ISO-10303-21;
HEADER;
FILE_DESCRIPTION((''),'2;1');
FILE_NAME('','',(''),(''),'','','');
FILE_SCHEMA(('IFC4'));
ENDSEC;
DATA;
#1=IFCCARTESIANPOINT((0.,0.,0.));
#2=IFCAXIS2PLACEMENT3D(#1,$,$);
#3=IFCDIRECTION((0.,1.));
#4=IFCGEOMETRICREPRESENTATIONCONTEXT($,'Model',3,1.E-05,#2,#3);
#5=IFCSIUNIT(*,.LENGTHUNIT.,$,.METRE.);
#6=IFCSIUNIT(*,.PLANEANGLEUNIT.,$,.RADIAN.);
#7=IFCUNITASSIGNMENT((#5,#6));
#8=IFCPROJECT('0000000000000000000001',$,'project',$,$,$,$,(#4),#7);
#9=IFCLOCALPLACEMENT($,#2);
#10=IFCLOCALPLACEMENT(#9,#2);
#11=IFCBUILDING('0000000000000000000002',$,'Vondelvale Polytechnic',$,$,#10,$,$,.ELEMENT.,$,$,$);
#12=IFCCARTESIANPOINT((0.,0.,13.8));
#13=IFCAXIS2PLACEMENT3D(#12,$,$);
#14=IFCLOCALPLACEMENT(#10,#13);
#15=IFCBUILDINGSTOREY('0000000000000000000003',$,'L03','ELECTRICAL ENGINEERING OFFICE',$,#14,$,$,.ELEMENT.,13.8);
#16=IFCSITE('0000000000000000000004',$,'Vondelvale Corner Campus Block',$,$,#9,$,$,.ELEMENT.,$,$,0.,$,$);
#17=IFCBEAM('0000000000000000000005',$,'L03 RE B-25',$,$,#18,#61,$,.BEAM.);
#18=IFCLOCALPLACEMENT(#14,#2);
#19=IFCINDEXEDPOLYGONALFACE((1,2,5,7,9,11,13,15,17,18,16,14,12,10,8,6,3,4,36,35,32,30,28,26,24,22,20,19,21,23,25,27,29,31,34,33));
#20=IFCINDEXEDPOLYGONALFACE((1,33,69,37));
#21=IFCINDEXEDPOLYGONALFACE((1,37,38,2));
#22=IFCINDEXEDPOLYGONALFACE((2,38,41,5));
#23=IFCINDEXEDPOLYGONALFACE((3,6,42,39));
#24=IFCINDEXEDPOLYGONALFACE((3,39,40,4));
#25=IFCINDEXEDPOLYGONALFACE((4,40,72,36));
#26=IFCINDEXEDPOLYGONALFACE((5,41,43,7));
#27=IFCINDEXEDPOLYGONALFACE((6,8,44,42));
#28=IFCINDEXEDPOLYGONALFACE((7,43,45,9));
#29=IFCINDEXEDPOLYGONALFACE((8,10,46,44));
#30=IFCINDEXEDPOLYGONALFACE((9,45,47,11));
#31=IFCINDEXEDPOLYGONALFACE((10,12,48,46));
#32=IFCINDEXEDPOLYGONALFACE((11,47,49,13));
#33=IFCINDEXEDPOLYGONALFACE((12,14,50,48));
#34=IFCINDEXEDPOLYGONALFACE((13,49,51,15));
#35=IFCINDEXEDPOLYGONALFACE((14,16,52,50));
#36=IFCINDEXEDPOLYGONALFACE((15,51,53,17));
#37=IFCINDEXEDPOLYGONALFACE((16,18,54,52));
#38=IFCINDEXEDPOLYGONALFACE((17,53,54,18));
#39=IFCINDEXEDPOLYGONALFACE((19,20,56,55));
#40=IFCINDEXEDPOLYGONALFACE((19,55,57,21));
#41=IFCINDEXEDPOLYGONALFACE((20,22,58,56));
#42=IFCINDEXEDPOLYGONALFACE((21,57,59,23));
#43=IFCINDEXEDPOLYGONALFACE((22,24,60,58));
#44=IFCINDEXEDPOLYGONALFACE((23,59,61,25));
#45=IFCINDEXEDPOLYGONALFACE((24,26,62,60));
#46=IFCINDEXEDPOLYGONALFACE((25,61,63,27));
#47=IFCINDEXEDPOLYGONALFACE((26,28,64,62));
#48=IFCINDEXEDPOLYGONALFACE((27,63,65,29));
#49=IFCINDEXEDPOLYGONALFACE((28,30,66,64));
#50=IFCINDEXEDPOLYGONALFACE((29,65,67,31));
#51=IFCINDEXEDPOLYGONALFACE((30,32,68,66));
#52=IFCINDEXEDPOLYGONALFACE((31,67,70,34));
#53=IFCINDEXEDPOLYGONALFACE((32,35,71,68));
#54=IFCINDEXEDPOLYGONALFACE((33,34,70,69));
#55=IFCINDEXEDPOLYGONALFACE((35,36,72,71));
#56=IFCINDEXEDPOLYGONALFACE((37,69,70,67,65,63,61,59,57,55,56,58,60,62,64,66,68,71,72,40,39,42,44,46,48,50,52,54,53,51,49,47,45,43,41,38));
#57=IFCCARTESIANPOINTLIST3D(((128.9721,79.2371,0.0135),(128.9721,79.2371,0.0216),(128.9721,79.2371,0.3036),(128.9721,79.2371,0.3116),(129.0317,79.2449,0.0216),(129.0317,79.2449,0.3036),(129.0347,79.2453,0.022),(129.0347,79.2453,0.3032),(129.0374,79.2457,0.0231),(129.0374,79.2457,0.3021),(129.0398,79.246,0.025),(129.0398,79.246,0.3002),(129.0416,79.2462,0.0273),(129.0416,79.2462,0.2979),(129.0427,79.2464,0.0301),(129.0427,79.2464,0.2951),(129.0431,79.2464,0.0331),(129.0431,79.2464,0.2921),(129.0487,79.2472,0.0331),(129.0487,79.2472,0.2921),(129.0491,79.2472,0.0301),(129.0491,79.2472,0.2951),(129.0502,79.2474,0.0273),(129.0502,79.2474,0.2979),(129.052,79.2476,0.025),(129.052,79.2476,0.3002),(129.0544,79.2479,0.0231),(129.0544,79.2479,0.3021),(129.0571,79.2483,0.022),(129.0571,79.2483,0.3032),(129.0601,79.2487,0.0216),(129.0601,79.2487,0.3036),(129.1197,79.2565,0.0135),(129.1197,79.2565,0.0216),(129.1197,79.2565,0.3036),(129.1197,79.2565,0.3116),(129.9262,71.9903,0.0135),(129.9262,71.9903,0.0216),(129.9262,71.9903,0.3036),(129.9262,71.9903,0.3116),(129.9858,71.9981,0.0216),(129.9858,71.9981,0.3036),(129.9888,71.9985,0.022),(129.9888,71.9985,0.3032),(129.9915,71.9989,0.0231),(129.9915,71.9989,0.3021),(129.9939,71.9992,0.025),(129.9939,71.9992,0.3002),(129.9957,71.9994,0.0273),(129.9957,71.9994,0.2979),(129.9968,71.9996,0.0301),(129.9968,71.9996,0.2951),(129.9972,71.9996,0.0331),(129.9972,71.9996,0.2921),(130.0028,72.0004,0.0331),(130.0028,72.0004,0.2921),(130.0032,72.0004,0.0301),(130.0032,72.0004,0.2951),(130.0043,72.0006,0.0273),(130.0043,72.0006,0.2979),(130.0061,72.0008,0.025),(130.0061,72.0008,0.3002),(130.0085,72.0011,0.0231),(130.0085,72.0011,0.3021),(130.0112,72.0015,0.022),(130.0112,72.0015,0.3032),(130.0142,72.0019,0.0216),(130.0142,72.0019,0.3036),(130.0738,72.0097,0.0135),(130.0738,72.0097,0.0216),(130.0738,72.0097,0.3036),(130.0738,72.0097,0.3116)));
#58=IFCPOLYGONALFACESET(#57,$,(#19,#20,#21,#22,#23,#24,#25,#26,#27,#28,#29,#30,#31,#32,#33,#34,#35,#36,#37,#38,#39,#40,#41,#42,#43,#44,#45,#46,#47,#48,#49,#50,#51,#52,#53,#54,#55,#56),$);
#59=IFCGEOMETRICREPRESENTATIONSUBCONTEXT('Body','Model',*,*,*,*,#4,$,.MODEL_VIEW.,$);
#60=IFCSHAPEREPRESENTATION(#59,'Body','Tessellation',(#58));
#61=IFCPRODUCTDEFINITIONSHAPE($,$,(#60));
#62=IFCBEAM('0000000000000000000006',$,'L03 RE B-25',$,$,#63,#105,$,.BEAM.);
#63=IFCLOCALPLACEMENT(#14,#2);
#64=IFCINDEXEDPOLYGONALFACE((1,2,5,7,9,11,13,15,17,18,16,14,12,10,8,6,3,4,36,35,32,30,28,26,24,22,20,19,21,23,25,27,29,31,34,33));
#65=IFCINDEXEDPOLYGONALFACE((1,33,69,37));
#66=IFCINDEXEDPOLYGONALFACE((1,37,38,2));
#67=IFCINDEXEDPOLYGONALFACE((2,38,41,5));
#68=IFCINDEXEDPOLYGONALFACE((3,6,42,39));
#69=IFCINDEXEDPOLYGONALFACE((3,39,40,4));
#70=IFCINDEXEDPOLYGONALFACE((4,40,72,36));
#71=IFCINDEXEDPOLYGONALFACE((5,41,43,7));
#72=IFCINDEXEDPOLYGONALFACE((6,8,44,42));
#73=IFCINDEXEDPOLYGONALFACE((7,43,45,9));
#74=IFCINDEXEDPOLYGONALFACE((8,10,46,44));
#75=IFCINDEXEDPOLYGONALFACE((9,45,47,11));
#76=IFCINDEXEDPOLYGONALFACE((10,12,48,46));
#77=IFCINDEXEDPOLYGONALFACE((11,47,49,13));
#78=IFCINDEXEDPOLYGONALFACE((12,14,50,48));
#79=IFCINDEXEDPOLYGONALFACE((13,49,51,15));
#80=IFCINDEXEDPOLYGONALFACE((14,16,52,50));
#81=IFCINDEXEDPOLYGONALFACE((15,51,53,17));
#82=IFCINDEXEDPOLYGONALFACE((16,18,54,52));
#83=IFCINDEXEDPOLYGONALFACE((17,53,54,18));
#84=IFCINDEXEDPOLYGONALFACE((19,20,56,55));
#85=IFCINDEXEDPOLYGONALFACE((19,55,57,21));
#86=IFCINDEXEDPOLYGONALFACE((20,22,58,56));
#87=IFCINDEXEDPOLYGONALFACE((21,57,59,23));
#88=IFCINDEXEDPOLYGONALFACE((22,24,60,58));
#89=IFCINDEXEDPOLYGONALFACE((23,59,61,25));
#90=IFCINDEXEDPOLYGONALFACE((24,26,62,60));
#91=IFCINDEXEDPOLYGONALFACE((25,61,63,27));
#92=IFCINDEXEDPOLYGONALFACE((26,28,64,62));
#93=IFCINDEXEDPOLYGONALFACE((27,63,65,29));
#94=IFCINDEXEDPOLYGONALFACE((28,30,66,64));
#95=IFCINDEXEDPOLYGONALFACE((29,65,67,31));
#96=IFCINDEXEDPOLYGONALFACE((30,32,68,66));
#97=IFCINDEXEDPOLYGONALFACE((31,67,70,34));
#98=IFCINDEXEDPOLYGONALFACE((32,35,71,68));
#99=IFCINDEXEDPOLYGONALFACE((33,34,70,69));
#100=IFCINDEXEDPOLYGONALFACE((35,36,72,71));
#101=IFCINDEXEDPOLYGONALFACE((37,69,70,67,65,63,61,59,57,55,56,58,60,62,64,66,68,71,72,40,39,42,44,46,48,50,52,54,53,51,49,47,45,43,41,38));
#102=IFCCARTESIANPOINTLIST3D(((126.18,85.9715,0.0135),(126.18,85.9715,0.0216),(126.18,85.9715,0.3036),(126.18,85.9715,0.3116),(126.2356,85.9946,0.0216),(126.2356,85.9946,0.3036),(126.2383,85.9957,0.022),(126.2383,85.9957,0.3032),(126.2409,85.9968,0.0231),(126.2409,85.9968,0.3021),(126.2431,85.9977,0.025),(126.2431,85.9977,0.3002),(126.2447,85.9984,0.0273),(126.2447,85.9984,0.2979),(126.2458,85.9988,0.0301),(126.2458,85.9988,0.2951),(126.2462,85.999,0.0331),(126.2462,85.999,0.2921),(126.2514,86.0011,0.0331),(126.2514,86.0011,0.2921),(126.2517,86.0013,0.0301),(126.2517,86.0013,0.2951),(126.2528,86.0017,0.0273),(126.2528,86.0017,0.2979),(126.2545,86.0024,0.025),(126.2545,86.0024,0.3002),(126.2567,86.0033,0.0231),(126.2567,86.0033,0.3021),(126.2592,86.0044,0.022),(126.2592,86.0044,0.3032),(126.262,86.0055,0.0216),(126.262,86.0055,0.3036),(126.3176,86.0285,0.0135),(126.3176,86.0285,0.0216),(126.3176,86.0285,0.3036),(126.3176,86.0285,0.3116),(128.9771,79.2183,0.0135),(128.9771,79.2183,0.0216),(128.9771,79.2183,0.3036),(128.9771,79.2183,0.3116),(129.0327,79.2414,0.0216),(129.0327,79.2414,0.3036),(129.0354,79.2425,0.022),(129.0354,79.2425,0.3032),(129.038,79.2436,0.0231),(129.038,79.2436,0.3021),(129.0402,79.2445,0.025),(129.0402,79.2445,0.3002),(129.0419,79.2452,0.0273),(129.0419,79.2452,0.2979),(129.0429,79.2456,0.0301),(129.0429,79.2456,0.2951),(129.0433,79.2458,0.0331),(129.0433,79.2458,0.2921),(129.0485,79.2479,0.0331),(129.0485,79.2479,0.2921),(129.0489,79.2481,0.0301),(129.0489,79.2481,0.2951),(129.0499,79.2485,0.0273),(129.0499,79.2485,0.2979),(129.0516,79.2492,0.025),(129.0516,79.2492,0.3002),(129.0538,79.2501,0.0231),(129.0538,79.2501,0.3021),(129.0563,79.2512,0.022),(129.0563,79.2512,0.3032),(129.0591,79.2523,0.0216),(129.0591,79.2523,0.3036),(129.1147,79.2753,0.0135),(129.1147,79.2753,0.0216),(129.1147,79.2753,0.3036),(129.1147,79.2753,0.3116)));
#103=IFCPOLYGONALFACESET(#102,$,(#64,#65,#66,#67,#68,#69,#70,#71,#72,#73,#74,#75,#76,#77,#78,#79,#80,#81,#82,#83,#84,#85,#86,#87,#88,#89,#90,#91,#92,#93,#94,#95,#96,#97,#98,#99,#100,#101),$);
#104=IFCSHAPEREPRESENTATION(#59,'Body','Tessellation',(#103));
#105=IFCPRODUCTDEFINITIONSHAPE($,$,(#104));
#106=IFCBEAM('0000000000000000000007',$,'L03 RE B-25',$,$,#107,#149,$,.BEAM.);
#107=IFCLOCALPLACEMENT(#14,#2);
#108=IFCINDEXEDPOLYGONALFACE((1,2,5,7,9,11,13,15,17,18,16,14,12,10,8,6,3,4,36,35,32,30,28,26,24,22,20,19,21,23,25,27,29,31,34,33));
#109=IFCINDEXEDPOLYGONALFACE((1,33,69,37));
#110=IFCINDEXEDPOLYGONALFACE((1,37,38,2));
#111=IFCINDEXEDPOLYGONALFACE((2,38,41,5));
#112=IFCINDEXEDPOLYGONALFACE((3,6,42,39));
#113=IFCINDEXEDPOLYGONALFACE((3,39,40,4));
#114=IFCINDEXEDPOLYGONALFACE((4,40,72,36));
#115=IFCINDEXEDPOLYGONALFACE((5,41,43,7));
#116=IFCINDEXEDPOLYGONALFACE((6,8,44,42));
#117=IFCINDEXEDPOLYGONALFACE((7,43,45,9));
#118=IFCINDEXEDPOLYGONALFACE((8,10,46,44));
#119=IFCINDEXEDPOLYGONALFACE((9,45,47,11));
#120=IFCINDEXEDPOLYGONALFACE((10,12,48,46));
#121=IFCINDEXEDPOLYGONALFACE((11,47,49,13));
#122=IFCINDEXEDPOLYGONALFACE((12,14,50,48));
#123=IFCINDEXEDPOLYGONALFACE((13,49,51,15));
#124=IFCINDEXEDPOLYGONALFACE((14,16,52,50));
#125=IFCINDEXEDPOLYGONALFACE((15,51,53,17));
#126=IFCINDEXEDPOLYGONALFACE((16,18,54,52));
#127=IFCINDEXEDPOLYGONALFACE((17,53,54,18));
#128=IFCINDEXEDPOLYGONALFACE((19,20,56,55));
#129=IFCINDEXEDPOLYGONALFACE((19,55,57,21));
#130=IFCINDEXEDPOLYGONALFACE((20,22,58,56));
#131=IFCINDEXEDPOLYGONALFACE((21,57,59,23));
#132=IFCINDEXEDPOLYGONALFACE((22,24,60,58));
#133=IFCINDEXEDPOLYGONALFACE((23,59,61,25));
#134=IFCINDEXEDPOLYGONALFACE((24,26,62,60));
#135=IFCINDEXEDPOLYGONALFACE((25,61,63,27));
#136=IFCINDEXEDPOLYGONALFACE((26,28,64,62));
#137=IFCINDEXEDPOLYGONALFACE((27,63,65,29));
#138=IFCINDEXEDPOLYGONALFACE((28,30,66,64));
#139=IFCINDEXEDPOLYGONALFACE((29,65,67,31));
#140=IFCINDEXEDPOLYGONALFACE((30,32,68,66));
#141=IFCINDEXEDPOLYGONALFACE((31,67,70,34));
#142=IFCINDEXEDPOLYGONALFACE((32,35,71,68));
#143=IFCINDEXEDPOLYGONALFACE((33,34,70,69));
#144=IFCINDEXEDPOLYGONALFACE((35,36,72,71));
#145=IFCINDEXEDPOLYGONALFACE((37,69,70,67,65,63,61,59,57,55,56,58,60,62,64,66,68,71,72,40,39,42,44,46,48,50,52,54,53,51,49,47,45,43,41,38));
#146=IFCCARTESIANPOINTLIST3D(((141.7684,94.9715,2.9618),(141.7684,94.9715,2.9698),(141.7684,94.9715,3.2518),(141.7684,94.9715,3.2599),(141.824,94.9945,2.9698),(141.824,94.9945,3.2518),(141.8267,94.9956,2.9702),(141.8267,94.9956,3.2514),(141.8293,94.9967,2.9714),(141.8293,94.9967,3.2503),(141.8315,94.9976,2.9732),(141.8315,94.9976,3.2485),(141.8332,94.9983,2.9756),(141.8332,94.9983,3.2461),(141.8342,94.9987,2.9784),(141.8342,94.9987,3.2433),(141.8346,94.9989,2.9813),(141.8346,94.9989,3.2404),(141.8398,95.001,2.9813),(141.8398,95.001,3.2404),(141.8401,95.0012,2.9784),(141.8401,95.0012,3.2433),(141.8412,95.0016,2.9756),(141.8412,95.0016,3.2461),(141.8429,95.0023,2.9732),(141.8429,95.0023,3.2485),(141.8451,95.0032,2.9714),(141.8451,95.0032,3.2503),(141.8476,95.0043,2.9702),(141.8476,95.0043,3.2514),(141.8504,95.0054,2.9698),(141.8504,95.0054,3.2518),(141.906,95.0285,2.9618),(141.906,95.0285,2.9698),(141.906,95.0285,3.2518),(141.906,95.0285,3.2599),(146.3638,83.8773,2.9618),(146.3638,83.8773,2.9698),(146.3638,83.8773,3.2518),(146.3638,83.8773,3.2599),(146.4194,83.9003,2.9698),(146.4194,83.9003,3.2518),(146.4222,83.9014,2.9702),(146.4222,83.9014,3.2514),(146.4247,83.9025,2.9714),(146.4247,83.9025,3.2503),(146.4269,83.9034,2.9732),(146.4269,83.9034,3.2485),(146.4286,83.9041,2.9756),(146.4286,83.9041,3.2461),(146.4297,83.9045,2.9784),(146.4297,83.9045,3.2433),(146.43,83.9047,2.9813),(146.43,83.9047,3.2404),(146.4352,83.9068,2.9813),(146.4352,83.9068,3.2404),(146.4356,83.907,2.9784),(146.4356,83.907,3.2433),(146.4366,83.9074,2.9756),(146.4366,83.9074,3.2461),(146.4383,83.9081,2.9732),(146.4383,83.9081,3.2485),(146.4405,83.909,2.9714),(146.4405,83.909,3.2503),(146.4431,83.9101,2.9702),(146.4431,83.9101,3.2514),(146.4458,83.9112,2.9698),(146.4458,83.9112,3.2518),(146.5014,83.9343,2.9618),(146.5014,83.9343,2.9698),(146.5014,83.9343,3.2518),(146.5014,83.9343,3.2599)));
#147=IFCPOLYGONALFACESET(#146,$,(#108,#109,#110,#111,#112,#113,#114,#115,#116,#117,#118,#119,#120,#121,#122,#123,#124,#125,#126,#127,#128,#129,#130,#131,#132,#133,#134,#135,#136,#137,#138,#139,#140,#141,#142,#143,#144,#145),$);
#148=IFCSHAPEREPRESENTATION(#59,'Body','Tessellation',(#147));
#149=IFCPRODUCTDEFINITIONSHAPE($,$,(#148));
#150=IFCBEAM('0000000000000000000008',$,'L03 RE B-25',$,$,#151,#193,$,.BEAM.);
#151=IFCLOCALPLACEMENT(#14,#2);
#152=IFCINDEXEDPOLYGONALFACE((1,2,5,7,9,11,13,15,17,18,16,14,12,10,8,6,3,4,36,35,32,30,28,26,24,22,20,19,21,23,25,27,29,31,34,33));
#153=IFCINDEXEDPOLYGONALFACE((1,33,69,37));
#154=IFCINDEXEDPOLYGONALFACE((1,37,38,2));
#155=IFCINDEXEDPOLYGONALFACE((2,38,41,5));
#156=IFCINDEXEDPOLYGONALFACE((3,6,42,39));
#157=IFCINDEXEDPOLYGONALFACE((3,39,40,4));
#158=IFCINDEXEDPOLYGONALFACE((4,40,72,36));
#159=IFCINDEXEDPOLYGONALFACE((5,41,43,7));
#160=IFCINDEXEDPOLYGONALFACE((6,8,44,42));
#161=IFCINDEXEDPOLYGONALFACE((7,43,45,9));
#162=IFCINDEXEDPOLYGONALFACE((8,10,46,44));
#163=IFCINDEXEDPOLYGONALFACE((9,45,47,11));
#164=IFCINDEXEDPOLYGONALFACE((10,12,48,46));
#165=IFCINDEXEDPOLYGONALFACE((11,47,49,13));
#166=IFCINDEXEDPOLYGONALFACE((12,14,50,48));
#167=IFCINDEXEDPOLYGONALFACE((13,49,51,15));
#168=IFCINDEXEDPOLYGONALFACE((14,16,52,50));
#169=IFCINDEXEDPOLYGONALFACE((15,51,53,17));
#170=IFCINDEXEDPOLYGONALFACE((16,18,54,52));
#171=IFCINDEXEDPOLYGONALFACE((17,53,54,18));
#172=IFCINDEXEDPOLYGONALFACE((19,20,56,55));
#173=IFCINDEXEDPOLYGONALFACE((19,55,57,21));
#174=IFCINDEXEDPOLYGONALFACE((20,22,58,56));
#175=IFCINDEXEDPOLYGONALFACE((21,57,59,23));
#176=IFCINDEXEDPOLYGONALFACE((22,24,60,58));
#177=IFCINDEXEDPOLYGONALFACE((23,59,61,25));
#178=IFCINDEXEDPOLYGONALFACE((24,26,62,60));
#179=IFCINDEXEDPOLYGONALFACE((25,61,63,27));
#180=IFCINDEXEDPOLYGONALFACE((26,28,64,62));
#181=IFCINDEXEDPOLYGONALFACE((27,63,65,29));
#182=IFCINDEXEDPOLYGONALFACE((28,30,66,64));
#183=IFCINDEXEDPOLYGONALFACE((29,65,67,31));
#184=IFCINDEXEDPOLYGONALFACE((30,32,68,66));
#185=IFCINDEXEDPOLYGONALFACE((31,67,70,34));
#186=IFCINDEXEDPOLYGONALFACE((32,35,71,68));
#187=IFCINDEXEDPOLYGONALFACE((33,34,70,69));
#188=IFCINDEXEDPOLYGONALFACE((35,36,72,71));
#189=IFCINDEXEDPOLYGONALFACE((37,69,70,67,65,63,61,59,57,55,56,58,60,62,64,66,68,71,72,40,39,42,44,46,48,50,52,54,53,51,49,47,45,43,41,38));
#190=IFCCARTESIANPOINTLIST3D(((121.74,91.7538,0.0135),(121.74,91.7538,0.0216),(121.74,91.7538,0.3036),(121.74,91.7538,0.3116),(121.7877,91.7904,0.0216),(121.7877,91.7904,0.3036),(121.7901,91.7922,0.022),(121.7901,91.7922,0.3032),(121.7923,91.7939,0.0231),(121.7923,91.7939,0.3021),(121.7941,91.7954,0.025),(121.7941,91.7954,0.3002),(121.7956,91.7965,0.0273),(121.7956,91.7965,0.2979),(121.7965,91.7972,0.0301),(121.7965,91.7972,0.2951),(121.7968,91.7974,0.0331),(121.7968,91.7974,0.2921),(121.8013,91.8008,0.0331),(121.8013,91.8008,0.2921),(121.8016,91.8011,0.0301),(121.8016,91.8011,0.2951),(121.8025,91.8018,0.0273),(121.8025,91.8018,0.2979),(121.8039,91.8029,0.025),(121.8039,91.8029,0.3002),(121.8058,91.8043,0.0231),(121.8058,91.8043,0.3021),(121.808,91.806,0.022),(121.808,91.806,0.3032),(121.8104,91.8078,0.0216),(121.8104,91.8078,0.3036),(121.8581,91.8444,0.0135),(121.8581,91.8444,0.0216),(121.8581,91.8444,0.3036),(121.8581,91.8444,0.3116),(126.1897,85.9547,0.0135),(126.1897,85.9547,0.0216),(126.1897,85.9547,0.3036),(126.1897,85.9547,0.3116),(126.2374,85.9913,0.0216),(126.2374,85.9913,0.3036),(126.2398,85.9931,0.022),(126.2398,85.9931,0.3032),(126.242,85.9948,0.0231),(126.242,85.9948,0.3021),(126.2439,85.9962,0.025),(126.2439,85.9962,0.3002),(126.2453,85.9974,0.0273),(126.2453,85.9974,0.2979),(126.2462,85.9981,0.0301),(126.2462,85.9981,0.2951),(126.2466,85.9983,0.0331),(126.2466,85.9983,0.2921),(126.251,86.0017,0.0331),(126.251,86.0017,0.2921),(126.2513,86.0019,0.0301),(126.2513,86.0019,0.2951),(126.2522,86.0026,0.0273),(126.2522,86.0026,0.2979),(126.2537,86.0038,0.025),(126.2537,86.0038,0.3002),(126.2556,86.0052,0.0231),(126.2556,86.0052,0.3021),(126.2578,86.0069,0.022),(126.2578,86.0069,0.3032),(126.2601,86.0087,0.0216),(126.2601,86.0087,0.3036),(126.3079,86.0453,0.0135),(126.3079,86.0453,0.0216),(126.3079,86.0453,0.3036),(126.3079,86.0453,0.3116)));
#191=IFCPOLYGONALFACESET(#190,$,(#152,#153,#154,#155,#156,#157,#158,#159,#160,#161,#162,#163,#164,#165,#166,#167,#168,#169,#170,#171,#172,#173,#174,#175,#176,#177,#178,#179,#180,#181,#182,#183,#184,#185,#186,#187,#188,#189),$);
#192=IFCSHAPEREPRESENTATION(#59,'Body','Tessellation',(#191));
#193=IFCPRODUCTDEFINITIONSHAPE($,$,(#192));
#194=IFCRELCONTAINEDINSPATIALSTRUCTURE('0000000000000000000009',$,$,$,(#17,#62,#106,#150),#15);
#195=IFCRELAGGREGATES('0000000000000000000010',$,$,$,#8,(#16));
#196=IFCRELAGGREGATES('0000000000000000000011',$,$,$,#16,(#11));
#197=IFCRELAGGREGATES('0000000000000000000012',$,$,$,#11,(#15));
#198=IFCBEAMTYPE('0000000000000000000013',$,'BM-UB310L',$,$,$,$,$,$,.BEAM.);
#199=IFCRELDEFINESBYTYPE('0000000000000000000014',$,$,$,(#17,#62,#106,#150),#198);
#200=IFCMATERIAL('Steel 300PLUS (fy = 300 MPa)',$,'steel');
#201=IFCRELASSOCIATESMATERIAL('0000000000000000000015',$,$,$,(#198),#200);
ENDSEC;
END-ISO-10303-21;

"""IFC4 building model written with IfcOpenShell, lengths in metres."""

from ifc_helpers import new_model, si_unit, direction, frame, origin, origin_2d, place, context, subcontext, project, spatial, i_section, extrude, material, material_profile, profile_set, type_object, element, save


model = new_model("IFC4")

# Units and contexts
model_context = context("Model", 3, precision=1e-05, world=origin(), true_north=direction((0.0, 1.0)))
body_context = subcontext(model_context, "Body", "Model", "MODEL_VIEW")
ifc_project = project(units=[si_unit("LENGTHUNIT", "METRE"), si_unit("PLANEANGLEUNIT", "RADIAN")], contexts=[model_context])

# Site, building, storey
site_placement = place(None, origin())
site = spatial("IfcSite", under=ifc_project, at=site_placement, Name="Vondelvale Corner Campus Block", CompositionType="ELEMENT", RefElevation=0.0)
building_placement = place(site_placement, origin())
building = spatial("IfcBuilding", under=site, at=building_placement, Name="Vondelvale Polytechnic", CompositionType="ELEMENT")
storey_placement = place(building_placement, frame((0.0, 0.0, 13.8)))
storey = spatial("IfcBuildingStorey", under=building, at=storey_placement, Name="L03", Description="ELECTRICAL ENGINEERING OFFICE", CompositionType="ELEMENT", Elevation=13.8)

# Beams
ifc_material_1 = material(Name="Steel 300PLUS (fy = 300 MPa)", Category="steel")
ifc_material_profile_1 = material_profile(ifc_material_1, i_section(OverallWidth=0.1489, OverallDepth=0.2981, WebThickness=0.0056, FlangeThickness=0.0081, FilletRadius=0.0115, at=origin_2d()), Name="310UB32.0")
ifc_profile_set_1 = profile_set([ifc_material_profile_1], Name="Steel 300PLUS (fy = 300 MPa)")
beam_type = type_object("IfcBeamType", Name="BM-UB310L", PredefinedType="BEAM", material=ifc_profile_set_1)
beam_1_placement = place(storey_placement, frame((130.0, 72.0, 0.1626), z_axis=(-0.130531, 0.991444, 0.0), x_axis=(-0.991444, -0.130531, 0.0)))
element("IfcBeam", 1, at=beam_1_placement, inside=storey, type_object=beam_type, Name="L03 RE B-25", PredefinedType="BEAM", context=body_context, shape_type="SweptSolid", body=[
    extrude(i_section(OverallWidth=0.1489, OverallDepth=0.2981, WebThickness=0.0056, FlangeThickness=0.0081, FilletRadius=0.0115, at=origin_2d()), origin(), (0.0, 0.0, 1.0), 7.3093),
])
beam_2_placement = place(storey_placement, frame((129.0459, 79.2468, 0.1626), z_axis=(-0.382667, 0.923886, 0.0), x_axis=(-0.923886, -0.382667, 0.0)))
element("IfcBeam", 2, at=beam_2_placement, inside=storey, type_object=beam_type, Name="L03 RE B-25", PredefinedType="BEAM", context=body_context, shape_type="SweptSolid", body=[
    extrude(i_section(OverallWidth=0.1489, OverallDepth=0.2981, WebThickness=0.0056, FlangeThickness=0.0081, FilletRadius=0.0115, at=origin_2d()), origin(), (0.0, 0.0, 1.0), 7.3096),
])
beam_3_placement = place(storey_placement, frame((146.4326, 83.9058, 3.1108), z_axis=(-0.382689, 0.923877, 0.0), x_axis=(-0.923877, -0.382689, 0.0)))
element("IfcBeam", 3, at=beam_3_placement, inside=storey, type_object=beam_type, Name="L03 RE B-25", PredefinedType="BEAM", context=body_context, shape_type="SweptSolid", body=[
    extrude(i_section(OverallWidth=0.1489, OverallDepth=0.2981, WebThickness=0.0056, FlangeThickness=0.0081, FilletRadius=0.0115, at=origin_2d()), origin(), (0.0, 0.0, 1.0), 12.0083),
])
beam_4_placement = place(storey_placement, frame((126.2488, 86.0, 0.1626), z_axis=(-0.608755, 0.793358, 0.0), x_axis=(-0.793358, -0.608755, 0.0)))
element("IfcBeam", 4, at=beam_4_placement, inside=storey, type_object=beam_type, Name="L03 RE B-25", PredefinedType="BEAM", context=body_context, shape_type="SweptSolid", body=[
    extrude(i_section(OverallWidth=0.1489, OverallDepth=0.2981, WebThickness=0.0056, FlangeThickness=0.0081, FilletRadius=0.0115, at=origin_2d()), origin(), (0.0, 0.0, 1.0), 7.3096),
])

save(model, "model.ifc")
